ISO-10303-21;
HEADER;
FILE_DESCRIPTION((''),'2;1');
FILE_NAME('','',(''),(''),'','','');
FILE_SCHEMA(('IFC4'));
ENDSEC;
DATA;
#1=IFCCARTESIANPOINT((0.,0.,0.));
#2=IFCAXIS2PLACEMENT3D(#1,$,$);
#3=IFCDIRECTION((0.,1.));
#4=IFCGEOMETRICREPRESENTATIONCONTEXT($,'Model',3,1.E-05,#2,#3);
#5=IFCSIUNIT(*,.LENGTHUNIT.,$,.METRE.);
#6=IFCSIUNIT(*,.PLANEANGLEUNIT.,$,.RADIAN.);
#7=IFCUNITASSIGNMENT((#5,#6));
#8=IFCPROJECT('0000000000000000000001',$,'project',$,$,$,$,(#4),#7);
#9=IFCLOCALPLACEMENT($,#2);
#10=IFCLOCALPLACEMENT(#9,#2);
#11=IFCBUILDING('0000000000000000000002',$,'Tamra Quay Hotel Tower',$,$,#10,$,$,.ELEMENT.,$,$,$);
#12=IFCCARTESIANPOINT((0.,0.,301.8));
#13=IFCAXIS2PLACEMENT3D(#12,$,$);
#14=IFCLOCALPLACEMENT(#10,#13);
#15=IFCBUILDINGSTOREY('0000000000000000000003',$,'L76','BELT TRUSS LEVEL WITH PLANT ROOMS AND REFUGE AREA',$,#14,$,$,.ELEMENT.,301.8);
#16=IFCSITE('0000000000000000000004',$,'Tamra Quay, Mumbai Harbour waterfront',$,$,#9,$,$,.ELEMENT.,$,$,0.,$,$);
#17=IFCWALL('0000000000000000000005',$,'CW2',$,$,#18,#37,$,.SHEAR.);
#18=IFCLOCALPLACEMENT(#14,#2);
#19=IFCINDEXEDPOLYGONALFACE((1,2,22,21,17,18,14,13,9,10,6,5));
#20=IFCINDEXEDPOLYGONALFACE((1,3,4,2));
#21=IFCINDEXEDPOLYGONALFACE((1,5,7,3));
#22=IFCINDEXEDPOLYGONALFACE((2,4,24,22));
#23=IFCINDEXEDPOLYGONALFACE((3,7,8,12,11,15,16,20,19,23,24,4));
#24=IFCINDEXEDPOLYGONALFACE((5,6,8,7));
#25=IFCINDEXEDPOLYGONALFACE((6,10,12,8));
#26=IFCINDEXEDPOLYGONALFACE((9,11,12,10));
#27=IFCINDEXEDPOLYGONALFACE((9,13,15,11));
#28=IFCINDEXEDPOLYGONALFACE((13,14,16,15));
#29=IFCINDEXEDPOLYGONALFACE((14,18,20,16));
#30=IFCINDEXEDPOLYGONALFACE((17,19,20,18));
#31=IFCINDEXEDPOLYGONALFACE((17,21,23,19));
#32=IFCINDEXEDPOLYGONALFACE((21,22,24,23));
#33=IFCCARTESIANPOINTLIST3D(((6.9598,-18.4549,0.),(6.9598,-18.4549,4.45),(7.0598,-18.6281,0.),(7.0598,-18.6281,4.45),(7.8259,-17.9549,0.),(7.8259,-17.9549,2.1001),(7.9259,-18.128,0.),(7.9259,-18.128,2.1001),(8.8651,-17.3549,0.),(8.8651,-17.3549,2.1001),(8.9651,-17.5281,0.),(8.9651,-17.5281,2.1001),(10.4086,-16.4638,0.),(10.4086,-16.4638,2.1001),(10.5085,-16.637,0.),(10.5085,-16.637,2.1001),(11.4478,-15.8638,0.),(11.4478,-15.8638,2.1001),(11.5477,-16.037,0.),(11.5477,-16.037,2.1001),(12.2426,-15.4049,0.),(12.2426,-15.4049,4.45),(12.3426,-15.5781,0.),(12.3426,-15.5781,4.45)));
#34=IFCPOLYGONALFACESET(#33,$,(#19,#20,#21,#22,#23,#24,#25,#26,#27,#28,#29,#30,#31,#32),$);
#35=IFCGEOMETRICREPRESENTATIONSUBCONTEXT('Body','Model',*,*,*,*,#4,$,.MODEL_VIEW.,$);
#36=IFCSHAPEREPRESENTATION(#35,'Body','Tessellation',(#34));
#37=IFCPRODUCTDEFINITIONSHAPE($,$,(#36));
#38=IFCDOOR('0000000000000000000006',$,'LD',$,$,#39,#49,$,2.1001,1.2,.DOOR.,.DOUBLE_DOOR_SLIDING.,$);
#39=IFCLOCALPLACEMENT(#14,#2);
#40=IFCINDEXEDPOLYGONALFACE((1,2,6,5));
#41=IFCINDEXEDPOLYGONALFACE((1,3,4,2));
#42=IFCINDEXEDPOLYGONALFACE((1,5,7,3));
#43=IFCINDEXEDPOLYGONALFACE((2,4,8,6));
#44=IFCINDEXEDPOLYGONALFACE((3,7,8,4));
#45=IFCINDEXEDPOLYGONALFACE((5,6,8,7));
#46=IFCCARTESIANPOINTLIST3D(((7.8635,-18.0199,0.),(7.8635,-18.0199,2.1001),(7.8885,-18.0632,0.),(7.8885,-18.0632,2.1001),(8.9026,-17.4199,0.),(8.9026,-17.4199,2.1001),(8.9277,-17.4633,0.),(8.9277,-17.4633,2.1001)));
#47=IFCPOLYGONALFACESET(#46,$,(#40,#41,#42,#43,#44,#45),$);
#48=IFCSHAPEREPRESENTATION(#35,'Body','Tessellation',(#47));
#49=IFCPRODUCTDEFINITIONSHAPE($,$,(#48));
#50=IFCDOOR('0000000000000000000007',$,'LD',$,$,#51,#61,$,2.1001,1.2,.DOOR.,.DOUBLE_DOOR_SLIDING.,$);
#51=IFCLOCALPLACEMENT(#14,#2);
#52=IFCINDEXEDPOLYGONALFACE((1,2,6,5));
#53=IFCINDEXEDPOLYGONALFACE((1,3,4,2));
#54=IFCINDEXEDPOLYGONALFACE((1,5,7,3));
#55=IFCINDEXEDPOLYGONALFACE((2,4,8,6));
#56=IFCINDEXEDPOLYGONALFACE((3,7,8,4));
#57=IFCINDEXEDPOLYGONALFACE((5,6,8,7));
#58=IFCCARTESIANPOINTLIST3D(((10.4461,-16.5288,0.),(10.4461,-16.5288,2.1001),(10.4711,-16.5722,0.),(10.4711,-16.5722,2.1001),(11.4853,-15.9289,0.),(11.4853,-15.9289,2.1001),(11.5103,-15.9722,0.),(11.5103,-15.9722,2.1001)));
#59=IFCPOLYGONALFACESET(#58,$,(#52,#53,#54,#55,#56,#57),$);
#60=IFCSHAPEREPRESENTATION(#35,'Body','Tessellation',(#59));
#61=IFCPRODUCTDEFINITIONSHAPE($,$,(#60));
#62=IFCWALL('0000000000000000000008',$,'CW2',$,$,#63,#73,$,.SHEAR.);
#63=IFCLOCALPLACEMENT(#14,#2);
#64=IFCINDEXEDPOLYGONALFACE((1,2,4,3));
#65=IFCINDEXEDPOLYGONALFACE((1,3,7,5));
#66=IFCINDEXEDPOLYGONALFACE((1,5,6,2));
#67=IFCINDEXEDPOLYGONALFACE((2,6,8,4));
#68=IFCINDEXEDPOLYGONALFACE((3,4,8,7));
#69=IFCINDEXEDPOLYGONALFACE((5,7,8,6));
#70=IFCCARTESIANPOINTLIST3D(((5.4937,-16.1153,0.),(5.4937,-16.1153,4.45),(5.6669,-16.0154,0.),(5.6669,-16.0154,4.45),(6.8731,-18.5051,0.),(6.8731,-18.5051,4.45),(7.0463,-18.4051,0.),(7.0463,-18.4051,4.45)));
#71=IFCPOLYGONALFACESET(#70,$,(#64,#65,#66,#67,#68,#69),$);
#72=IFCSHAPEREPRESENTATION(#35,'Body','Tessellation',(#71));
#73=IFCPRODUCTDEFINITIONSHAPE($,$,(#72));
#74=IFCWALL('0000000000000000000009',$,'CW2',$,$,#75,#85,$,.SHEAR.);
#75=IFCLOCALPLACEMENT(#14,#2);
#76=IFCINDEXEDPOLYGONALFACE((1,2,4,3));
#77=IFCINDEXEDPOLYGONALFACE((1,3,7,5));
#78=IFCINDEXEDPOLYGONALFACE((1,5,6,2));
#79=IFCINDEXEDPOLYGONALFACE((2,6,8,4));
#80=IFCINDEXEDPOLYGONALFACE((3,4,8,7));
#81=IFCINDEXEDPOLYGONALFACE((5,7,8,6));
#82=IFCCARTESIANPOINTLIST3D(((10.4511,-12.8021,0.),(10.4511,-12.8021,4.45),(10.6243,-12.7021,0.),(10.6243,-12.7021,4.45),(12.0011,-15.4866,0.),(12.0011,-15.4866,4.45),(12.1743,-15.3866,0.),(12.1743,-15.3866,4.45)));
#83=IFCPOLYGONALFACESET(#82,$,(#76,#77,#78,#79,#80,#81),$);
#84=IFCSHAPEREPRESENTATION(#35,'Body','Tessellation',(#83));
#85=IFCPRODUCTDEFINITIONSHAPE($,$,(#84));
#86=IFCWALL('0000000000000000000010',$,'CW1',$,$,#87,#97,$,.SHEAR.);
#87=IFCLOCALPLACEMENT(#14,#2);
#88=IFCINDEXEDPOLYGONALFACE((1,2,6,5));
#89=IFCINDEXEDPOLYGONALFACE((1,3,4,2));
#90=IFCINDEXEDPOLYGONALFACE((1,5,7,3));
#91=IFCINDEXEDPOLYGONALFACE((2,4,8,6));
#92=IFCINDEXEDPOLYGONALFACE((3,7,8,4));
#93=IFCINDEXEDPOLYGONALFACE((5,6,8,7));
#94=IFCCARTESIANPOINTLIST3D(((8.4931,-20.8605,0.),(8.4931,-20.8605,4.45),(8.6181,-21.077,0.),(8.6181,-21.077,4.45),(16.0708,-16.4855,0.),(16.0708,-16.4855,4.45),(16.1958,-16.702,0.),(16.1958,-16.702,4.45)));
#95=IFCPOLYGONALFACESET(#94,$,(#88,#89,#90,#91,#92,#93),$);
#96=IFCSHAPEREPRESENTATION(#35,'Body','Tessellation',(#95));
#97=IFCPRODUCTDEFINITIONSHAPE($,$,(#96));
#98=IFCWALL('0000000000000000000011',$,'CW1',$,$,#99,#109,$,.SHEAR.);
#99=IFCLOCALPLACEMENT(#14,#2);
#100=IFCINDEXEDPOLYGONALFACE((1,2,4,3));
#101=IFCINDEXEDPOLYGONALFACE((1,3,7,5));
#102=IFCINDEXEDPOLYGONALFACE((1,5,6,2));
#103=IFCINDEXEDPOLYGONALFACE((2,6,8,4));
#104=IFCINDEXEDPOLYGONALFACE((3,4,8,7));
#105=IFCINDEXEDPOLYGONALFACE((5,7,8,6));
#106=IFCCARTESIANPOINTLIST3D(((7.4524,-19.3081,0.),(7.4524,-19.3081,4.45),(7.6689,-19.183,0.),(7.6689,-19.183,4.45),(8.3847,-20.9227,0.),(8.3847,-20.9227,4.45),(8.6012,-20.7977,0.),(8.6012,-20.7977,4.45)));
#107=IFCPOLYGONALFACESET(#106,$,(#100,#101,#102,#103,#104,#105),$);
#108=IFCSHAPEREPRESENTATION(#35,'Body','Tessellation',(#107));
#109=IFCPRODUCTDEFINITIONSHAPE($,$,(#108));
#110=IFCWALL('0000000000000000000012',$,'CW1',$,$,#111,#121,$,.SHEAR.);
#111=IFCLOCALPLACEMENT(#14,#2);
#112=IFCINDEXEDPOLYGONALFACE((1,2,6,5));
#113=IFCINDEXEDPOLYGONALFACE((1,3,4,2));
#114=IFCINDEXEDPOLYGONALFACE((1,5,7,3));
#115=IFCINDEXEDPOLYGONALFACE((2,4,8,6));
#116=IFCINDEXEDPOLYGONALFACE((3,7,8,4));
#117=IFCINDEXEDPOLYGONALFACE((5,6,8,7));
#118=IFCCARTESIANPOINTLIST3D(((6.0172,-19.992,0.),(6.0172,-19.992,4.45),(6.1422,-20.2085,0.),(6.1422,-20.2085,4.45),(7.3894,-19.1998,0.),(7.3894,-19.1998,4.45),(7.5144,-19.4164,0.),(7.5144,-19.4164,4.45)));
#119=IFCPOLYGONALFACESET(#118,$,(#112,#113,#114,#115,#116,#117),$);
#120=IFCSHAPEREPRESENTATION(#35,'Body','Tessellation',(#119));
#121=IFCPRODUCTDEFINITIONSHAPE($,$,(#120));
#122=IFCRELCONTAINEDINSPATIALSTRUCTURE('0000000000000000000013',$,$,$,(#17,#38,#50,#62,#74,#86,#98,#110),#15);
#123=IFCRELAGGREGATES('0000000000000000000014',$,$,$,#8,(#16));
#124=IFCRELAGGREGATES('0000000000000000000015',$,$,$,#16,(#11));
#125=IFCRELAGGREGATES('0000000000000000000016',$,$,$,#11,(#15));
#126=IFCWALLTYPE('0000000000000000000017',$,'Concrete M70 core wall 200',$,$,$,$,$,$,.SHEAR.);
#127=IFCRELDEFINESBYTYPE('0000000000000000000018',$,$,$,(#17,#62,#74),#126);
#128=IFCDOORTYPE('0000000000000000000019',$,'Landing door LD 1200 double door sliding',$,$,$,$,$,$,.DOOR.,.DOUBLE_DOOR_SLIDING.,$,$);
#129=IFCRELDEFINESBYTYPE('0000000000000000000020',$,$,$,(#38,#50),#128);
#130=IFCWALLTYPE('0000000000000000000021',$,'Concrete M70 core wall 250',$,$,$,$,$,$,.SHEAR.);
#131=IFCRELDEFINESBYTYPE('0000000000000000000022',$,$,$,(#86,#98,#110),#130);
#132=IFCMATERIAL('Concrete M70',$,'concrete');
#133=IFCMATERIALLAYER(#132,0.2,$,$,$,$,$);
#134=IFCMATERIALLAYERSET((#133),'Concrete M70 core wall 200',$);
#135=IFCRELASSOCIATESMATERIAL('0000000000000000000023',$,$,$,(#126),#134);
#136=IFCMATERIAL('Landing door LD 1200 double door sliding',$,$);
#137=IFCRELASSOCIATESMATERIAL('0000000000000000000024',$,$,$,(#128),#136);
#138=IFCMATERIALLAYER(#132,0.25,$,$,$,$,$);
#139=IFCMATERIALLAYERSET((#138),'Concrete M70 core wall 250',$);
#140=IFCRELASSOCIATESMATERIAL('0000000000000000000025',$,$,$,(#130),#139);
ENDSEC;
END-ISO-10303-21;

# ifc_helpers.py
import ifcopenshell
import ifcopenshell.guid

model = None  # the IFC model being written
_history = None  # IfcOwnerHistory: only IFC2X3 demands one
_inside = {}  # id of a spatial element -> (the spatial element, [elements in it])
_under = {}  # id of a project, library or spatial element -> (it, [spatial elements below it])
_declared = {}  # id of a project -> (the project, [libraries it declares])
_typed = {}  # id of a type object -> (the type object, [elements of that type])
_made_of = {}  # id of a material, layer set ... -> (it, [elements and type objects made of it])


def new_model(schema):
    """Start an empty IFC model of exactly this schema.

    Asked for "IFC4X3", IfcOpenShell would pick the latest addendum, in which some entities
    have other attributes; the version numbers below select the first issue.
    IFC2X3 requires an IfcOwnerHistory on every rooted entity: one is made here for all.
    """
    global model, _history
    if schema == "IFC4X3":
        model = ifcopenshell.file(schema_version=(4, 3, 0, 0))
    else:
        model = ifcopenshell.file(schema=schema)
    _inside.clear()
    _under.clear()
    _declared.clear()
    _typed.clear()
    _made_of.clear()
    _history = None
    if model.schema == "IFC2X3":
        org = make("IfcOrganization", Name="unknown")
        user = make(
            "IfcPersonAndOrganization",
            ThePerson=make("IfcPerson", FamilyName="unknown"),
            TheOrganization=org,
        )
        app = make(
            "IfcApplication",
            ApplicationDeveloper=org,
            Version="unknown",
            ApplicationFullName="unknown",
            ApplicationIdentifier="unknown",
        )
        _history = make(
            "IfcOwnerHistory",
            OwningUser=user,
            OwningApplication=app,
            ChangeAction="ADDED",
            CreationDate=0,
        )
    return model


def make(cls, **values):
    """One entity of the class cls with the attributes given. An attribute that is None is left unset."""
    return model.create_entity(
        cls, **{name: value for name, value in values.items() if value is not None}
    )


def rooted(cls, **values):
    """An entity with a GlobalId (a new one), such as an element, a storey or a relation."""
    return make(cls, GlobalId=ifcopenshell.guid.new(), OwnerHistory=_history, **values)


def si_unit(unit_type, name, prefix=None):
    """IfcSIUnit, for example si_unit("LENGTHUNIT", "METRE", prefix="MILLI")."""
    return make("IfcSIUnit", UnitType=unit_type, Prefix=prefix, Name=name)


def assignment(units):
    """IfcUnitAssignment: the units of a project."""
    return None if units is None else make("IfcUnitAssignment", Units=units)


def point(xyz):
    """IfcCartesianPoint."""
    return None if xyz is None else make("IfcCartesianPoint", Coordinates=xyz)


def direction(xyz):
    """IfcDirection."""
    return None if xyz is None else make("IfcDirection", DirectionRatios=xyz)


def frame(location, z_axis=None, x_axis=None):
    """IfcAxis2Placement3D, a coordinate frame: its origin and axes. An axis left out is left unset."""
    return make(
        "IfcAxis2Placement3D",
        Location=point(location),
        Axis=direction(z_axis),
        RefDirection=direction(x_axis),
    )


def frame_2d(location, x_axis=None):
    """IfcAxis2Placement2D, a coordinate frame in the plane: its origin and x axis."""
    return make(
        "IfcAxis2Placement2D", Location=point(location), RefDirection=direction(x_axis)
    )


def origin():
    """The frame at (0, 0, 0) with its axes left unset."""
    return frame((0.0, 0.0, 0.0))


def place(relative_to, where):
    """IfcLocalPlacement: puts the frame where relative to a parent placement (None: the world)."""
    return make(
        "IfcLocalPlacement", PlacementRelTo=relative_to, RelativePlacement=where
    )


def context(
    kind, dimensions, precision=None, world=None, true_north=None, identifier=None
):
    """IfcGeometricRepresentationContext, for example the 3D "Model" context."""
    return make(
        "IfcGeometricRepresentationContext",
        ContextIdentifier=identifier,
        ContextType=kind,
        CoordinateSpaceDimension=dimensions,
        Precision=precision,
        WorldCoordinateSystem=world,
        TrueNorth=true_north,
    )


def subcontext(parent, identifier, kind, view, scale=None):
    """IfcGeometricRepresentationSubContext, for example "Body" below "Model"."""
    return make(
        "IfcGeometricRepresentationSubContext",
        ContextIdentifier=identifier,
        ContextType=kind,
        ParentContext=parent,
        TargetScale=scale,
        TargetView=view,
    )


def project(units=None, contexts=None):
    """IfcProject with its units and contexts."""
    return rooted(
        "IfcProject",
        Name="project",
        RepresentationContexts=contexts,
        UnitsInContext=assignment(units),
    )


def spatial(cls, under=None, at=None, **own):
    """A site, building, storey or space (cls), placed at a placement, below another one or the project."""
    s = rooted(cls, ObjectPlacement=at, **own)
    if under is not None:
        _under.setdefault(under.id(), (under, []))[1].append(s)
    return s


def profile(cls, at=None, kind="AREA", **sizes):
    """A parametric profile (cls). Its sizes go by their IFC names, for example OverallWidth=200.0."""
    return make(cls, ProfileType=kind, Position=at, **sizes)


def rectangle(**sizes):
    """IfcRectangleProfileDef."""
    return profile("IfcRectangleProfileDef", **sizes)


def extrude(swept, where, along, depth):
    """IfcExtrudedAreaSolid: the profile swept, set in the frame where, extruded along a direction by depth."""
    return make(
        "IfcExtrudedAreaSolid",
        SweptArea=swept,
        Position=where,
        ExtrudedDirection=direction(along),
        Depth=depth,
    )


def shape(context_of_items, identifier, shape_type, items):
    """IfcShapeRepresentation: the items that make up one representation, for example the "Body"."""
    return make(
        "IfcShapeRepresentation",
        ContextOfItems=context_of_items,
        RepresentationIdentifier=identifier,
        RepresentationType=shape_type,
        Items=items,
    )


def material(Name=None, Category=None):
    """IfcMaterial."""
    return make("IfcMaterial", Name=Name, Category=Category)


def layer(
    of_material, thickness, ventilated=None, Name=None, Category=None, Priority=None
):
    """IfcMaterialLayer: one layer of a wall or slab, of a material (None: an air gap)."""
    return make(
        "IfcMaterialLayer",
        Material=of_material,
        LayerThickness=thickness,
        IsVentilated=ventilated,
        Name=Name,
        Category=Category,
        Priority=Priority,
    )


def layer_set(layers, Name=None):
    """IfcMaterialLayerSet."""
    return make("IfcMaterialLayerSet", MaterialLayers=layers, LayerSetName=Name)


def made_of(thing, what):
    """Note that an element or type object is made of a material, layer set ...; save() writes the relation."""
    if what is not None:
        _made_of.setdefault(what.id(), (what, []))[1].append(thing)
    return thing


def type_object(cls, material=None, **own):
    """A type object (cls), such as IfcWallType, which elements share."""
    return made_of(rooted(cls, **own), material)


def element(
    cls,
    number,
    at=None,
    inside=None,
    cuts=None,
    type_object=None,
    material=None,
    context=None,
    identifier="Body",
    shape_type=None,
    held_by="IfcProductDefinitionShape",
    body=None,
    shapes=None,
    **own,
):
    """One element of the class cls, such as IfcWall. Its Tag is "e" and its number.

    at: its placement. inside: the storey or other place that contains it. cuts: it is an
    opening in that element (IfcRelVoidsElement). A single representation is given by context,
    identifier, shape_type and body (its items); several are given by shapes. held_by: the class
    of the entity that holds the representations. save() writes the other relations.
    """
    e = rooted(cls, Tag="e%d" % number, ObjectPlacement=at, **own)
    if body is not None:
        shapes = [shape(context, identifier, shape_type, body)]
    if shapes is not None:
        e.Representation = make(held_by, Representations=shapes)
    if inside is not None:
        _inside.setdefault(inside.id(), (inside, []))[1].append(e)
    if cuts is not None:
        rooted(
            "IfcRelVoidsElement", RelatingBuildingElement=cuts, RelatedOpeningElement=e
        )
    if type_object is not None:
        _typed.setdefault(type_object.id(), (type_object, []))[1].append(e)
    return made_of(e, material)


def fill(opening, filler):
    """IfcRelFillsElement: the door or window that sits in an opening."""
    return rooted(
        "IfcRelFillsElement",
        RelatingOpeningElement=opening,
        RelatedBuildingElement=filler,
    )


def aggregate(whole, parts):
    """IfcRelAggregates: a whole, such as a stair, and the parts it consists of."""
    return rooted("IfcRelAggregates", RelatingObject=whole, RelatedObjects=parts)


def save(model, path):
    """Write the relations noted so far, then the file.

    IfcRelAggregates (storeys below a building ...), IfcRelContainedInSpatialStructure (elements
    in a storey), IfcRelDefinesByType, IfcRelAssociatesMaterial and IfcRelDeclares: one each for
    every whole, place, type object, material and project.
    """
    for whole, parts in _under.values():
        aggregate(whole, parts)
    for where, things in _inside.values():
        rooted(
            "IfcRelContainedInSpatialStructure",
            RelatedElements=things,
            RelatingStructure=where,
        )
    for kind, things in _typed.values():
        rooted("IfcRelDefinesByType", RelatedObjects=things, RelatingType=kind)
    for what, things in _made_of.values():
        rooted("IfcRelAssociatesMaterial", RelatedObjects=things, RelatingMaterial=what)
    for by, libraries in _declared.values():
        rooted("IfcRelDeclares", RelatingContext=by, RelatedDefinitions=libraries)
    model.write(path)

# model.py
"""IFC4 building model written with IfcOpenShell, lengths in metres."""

from ifc_helpers import new_model, si_unit, direction, frame, frame_2d, origin, place, context, subcontext, project, spatial, rectangle, extrude, material, layer, layer_set, type_object, element, fill, save


model = new_model("IFC4")

# Units and contexts
model_context = context("Model", 3, precision=1e-05, world=origin(), true_north=direction((0.0, 1.0)))
body_context = subcontext(model_context, "Body", "Model", "MODEL_VIEW")
ifc_project = project(units=[si_unit("LENGTHUNIT", "METRE"), si_unit("PLANEANGLEUNIT", "RADIAN")], contexts=[model_context])

# Site, building, storey
site_placement = place(None, origin())
site = spatial("IfcSite", under=ifc_project, at=site_placement, Name="Tamra Quay, Mumbai Harbour waterfront", CompositionType="ELEMENT", RefElevation=0.0)
building_placement = place(site_placement, origin())
building = spatial("IfcBuilding", under=site, at=building_placement, Name="Tamra Quay Hotel Tower", CompositionType="ELEMENT")
storey_placement = place(building_placement, frame((0.0, 0.0, 301.8)))
storey = spatial("IfcBuildingStorey", under=building, at=storey_placement, Name="L76", Description="BELT TRUSS LEVEL WITH PLANT ROOMS AND REFUGE AREA", CompositionType="ELEMENT", Elevation=301.8)

# Shared definitions
ifc_material_1 = material(Name="Concrete M70", Category="concrete")

# Wall, openings, doors
ifc_layer_1 = layer(ifc_material_1, 0.2)
ifc_layer_set_1 = layer_set([ifc_layer_1], Name="Concrete M70 core wall 200")
wall_type_1 = type_object("IfcWallType", Name="Concrete M70 core wall 200", PredefinedType="SHEAR", material=ifc_layer_set_1)
wall_1_placement = place(storey_placement, frame((7.0098, -18.5415, 0.0), z_axis=(0.0, 0.0, 1.0), x_axis=(0.86603, 0.499992, 0.0)))
wall_1 = element("IfcWall", 1, at=wall_1_placement, inside=storey, type_object=wall_type_1, Name="CW2", PredefinedType="SHEAR", context=body_context, shape_type="SweptSolid", body=[
    extrude(rectangle(XDim=6.1001, YDim=0.2, at=frame_2d((3.05, 0.0))), origin(), (0.0, 0.0, 1.0), 4.45),
])
opening_1_placement = place(wall_1_placement, frame((1.0, 0.0, 0.0)))
opening_1 = element("IfcOpeningElement", 2, at=opening_1_placement, cuts=wall_1, PredefinedType="OPENING", context=body_context, shape_type="SweptSolid", body=[
    extrude(rectangle(XDim=1.2, YDim=2.1001, at=frame_2d((0.6001, 1.05))), frame((0.0, 0.1099, 0.0), z_axis=(0.0, -1.0, 0.0), x_axis=(1.0, 0.0, 0.0)), (0.0, 0.0, 1.0), 0.22),
])
opening_2_placement = place(wall_1_placement, frame((3.9822, 0.0, 0.0)))
opening_2 = element("IfcOpeningElement", 3, at=opening_2_placement, cuts=wall_1, PredefinedType="OPENING", context=body_context, shape_type="SweptSolid", body=[
    extrude(rectangle(XDim=1.2, YDim=2.1001, at=frame_2d((0.6001, 1.05))), frame((0.0, 0.1099, 0.0), z_axis=(0.0, -1.0, 0.0), x_axis=(1.0, 0.0, 0.0)), (0.0, 0.0, 1.0), 0.22),
])
ifc_material_2 = material(Name="Landing door LD 1200 double door sliding")
door_type = type_object("IfcDoorType", Name="Landing door LD 1200 double door sliding", OperationType="DOUBLE_DOOR_SLIDING", PredefinedType="DOOR", material=ifc_material_2)
door_1_placement = place(opening_1_placement, origin())
door_1 = element("IfcDoor", 4, at=door_1_placement, inside=storey, type_object=door_type, Name="LD", OperationType="DOUBLE_DOOR_SLIDING", OverallHeight=2.1001, OverallWidth=1.2, PredefinedType="DOOR", context=body_context, shape_type="SweptSolid", body=[
    extrude(rectangle(XDim=1.2, YDim=2.1001, at=frame_2d((0.6001, 1.05))), frame((0.0, 0.0249, 0.0), z_axis=(0.0, -1.0, 0.0), x_axis=(1.0, 0.0, 0.0)), (0.0, 0.0, 1.0), 0.05),
])
fill(opening_1, door_1)
door_2_placement = place(opening_2_placement, origin())
door_2 = element("IfcDoor", 5, at=door_2_placement, inside=storey, type_object=door_type, Name="LD", OperationType="DOUBLE_DOOR_SLIDING", OverallHeight=2.1001, OverallWidth=1.2, PredefinedType="DOOR", context=body_context, shape_type="SweptSolid", body=[
    extrude(rectangle(XDim=1.2, YDim=2.1001, at=frame_2d((0.6001, 1.05))), frame((0.0, 0.0249, 0.0), z_axis=(0.0, -1.0, 0.0), x_axis=(1.0, 0.0, 0.0)), (0.0, 0.0, 1.0), 0.05),
])
fill(opening_2, door_2)

# Walls
wall_2_placement = place(storey_placement, frame((6.9597, -18.4551, 0.0), z_axis=(0.0, 0.0, 1.0), x_axis=(-0.499927, 0.866068, 0.0)))
element("IfcWall", 6, at=wall_2_placement, inside=storey, type_object=wall_type_1, Name="CW2", PredefinedType="SHEAR", context=body_context, shape_type="SweptSolid", body=[
    extrude(rectangle(XDim=2.7593, YDim=0.2, at=frame_2d((1.3796, 0.0))), origin(), (0.0, 0.0, 1.0), 4.45),
])
wall_3_placement = place(storey_placement, frame((12.0876, -15.4365, 0.0), z_axis=(0.0, 0.0, 1.0), x_axis=(-0.500027, 0.86601, 0.0)))
element("IfcWall", 7, at=wall_3_placement, inside=storey, type_object=wall_type_1, Name="CW2", PredefinedType="SHEAR", context=body_context, shape_type="SweptSolid", body=[
    extrude(rectangle(XDim=3.0999, YDim=0.2, at=frame_2d((1.5498, 0.0))), origin(), (0.0, 0.0, 1.0), 4.45),
])
ifc_layer_2 = layer(ifc_material_1, 0.25)
ifc_layer_set_2 = layer_set([ifc_layer_2], Name="Concrete M70 core wall 250")
wall_type_2 = type_object("IfcWallType", Name="Concrete M70 core wall 250", PredefinedType="SHEAR", material=ifc_layer_set_2)
wall_4_placement = place(storey_placement, frame((16.1333, -16.5938, 0.0), z_axis=(0.0, 0.0, 1.0), x_axis=(-0.866023, -0.500004, 0.0)))
element("IfcWall", 8, at=wall_4_placement, inside=storey, type_object=wall_type_2, Name="CW1", PredefinedType="SHEAR", context=body_context, shape_type="SweptSolid", body=[
    extrude(rectangle(XDim=8.75, YDim=0.25, at=frame_2d((4.375, 0.0))), origin(), (0.0, 0.0, 1.0), 4.45),
])
wall_5_placement = place(storey_placement, frame((8.4929, -20.8601, 0.0), z_axis=(0.0, 0.0, 1.0), x_axis=(-0.50004, 0.866002, 0.0)))
element("IfcWall", 9, at=wall_5_placement, inside=storey, type_object=wall_type_2, Name="CW1", PredefinedType="SHEAR", context=body_context, shape_type="SweptSolid", body=[
    extrude(rectangle(XDim=1.8645, YDim=0.25, at=frame_2d((0.9321, 0.0))), origin(), (0.0, 0.0, 1.0), 4.45),
])
wall_6_placement = place(storey_placement, frame((7.4519, -19.3081, 0.0), z_axis=(0.0, 0.0, 1.0), x_axis=(-0.866044, -0.499967, 0.0)))
element("IfcWall", 10, at=wall_6_placement, inside=storey, type_object=wall_type_2, Name="CW1", PredefinedType="SHEAR", context=body_context, shape_type="SweptSolid", body=[
    extrude(rectangle(XDim=1.5845, YDim=0.25, at=frame_2d((0.7922, 0.0))), origin(), (0.0, 0.0, 1.0), 4.45),
])

save(model, "model.ifc")
